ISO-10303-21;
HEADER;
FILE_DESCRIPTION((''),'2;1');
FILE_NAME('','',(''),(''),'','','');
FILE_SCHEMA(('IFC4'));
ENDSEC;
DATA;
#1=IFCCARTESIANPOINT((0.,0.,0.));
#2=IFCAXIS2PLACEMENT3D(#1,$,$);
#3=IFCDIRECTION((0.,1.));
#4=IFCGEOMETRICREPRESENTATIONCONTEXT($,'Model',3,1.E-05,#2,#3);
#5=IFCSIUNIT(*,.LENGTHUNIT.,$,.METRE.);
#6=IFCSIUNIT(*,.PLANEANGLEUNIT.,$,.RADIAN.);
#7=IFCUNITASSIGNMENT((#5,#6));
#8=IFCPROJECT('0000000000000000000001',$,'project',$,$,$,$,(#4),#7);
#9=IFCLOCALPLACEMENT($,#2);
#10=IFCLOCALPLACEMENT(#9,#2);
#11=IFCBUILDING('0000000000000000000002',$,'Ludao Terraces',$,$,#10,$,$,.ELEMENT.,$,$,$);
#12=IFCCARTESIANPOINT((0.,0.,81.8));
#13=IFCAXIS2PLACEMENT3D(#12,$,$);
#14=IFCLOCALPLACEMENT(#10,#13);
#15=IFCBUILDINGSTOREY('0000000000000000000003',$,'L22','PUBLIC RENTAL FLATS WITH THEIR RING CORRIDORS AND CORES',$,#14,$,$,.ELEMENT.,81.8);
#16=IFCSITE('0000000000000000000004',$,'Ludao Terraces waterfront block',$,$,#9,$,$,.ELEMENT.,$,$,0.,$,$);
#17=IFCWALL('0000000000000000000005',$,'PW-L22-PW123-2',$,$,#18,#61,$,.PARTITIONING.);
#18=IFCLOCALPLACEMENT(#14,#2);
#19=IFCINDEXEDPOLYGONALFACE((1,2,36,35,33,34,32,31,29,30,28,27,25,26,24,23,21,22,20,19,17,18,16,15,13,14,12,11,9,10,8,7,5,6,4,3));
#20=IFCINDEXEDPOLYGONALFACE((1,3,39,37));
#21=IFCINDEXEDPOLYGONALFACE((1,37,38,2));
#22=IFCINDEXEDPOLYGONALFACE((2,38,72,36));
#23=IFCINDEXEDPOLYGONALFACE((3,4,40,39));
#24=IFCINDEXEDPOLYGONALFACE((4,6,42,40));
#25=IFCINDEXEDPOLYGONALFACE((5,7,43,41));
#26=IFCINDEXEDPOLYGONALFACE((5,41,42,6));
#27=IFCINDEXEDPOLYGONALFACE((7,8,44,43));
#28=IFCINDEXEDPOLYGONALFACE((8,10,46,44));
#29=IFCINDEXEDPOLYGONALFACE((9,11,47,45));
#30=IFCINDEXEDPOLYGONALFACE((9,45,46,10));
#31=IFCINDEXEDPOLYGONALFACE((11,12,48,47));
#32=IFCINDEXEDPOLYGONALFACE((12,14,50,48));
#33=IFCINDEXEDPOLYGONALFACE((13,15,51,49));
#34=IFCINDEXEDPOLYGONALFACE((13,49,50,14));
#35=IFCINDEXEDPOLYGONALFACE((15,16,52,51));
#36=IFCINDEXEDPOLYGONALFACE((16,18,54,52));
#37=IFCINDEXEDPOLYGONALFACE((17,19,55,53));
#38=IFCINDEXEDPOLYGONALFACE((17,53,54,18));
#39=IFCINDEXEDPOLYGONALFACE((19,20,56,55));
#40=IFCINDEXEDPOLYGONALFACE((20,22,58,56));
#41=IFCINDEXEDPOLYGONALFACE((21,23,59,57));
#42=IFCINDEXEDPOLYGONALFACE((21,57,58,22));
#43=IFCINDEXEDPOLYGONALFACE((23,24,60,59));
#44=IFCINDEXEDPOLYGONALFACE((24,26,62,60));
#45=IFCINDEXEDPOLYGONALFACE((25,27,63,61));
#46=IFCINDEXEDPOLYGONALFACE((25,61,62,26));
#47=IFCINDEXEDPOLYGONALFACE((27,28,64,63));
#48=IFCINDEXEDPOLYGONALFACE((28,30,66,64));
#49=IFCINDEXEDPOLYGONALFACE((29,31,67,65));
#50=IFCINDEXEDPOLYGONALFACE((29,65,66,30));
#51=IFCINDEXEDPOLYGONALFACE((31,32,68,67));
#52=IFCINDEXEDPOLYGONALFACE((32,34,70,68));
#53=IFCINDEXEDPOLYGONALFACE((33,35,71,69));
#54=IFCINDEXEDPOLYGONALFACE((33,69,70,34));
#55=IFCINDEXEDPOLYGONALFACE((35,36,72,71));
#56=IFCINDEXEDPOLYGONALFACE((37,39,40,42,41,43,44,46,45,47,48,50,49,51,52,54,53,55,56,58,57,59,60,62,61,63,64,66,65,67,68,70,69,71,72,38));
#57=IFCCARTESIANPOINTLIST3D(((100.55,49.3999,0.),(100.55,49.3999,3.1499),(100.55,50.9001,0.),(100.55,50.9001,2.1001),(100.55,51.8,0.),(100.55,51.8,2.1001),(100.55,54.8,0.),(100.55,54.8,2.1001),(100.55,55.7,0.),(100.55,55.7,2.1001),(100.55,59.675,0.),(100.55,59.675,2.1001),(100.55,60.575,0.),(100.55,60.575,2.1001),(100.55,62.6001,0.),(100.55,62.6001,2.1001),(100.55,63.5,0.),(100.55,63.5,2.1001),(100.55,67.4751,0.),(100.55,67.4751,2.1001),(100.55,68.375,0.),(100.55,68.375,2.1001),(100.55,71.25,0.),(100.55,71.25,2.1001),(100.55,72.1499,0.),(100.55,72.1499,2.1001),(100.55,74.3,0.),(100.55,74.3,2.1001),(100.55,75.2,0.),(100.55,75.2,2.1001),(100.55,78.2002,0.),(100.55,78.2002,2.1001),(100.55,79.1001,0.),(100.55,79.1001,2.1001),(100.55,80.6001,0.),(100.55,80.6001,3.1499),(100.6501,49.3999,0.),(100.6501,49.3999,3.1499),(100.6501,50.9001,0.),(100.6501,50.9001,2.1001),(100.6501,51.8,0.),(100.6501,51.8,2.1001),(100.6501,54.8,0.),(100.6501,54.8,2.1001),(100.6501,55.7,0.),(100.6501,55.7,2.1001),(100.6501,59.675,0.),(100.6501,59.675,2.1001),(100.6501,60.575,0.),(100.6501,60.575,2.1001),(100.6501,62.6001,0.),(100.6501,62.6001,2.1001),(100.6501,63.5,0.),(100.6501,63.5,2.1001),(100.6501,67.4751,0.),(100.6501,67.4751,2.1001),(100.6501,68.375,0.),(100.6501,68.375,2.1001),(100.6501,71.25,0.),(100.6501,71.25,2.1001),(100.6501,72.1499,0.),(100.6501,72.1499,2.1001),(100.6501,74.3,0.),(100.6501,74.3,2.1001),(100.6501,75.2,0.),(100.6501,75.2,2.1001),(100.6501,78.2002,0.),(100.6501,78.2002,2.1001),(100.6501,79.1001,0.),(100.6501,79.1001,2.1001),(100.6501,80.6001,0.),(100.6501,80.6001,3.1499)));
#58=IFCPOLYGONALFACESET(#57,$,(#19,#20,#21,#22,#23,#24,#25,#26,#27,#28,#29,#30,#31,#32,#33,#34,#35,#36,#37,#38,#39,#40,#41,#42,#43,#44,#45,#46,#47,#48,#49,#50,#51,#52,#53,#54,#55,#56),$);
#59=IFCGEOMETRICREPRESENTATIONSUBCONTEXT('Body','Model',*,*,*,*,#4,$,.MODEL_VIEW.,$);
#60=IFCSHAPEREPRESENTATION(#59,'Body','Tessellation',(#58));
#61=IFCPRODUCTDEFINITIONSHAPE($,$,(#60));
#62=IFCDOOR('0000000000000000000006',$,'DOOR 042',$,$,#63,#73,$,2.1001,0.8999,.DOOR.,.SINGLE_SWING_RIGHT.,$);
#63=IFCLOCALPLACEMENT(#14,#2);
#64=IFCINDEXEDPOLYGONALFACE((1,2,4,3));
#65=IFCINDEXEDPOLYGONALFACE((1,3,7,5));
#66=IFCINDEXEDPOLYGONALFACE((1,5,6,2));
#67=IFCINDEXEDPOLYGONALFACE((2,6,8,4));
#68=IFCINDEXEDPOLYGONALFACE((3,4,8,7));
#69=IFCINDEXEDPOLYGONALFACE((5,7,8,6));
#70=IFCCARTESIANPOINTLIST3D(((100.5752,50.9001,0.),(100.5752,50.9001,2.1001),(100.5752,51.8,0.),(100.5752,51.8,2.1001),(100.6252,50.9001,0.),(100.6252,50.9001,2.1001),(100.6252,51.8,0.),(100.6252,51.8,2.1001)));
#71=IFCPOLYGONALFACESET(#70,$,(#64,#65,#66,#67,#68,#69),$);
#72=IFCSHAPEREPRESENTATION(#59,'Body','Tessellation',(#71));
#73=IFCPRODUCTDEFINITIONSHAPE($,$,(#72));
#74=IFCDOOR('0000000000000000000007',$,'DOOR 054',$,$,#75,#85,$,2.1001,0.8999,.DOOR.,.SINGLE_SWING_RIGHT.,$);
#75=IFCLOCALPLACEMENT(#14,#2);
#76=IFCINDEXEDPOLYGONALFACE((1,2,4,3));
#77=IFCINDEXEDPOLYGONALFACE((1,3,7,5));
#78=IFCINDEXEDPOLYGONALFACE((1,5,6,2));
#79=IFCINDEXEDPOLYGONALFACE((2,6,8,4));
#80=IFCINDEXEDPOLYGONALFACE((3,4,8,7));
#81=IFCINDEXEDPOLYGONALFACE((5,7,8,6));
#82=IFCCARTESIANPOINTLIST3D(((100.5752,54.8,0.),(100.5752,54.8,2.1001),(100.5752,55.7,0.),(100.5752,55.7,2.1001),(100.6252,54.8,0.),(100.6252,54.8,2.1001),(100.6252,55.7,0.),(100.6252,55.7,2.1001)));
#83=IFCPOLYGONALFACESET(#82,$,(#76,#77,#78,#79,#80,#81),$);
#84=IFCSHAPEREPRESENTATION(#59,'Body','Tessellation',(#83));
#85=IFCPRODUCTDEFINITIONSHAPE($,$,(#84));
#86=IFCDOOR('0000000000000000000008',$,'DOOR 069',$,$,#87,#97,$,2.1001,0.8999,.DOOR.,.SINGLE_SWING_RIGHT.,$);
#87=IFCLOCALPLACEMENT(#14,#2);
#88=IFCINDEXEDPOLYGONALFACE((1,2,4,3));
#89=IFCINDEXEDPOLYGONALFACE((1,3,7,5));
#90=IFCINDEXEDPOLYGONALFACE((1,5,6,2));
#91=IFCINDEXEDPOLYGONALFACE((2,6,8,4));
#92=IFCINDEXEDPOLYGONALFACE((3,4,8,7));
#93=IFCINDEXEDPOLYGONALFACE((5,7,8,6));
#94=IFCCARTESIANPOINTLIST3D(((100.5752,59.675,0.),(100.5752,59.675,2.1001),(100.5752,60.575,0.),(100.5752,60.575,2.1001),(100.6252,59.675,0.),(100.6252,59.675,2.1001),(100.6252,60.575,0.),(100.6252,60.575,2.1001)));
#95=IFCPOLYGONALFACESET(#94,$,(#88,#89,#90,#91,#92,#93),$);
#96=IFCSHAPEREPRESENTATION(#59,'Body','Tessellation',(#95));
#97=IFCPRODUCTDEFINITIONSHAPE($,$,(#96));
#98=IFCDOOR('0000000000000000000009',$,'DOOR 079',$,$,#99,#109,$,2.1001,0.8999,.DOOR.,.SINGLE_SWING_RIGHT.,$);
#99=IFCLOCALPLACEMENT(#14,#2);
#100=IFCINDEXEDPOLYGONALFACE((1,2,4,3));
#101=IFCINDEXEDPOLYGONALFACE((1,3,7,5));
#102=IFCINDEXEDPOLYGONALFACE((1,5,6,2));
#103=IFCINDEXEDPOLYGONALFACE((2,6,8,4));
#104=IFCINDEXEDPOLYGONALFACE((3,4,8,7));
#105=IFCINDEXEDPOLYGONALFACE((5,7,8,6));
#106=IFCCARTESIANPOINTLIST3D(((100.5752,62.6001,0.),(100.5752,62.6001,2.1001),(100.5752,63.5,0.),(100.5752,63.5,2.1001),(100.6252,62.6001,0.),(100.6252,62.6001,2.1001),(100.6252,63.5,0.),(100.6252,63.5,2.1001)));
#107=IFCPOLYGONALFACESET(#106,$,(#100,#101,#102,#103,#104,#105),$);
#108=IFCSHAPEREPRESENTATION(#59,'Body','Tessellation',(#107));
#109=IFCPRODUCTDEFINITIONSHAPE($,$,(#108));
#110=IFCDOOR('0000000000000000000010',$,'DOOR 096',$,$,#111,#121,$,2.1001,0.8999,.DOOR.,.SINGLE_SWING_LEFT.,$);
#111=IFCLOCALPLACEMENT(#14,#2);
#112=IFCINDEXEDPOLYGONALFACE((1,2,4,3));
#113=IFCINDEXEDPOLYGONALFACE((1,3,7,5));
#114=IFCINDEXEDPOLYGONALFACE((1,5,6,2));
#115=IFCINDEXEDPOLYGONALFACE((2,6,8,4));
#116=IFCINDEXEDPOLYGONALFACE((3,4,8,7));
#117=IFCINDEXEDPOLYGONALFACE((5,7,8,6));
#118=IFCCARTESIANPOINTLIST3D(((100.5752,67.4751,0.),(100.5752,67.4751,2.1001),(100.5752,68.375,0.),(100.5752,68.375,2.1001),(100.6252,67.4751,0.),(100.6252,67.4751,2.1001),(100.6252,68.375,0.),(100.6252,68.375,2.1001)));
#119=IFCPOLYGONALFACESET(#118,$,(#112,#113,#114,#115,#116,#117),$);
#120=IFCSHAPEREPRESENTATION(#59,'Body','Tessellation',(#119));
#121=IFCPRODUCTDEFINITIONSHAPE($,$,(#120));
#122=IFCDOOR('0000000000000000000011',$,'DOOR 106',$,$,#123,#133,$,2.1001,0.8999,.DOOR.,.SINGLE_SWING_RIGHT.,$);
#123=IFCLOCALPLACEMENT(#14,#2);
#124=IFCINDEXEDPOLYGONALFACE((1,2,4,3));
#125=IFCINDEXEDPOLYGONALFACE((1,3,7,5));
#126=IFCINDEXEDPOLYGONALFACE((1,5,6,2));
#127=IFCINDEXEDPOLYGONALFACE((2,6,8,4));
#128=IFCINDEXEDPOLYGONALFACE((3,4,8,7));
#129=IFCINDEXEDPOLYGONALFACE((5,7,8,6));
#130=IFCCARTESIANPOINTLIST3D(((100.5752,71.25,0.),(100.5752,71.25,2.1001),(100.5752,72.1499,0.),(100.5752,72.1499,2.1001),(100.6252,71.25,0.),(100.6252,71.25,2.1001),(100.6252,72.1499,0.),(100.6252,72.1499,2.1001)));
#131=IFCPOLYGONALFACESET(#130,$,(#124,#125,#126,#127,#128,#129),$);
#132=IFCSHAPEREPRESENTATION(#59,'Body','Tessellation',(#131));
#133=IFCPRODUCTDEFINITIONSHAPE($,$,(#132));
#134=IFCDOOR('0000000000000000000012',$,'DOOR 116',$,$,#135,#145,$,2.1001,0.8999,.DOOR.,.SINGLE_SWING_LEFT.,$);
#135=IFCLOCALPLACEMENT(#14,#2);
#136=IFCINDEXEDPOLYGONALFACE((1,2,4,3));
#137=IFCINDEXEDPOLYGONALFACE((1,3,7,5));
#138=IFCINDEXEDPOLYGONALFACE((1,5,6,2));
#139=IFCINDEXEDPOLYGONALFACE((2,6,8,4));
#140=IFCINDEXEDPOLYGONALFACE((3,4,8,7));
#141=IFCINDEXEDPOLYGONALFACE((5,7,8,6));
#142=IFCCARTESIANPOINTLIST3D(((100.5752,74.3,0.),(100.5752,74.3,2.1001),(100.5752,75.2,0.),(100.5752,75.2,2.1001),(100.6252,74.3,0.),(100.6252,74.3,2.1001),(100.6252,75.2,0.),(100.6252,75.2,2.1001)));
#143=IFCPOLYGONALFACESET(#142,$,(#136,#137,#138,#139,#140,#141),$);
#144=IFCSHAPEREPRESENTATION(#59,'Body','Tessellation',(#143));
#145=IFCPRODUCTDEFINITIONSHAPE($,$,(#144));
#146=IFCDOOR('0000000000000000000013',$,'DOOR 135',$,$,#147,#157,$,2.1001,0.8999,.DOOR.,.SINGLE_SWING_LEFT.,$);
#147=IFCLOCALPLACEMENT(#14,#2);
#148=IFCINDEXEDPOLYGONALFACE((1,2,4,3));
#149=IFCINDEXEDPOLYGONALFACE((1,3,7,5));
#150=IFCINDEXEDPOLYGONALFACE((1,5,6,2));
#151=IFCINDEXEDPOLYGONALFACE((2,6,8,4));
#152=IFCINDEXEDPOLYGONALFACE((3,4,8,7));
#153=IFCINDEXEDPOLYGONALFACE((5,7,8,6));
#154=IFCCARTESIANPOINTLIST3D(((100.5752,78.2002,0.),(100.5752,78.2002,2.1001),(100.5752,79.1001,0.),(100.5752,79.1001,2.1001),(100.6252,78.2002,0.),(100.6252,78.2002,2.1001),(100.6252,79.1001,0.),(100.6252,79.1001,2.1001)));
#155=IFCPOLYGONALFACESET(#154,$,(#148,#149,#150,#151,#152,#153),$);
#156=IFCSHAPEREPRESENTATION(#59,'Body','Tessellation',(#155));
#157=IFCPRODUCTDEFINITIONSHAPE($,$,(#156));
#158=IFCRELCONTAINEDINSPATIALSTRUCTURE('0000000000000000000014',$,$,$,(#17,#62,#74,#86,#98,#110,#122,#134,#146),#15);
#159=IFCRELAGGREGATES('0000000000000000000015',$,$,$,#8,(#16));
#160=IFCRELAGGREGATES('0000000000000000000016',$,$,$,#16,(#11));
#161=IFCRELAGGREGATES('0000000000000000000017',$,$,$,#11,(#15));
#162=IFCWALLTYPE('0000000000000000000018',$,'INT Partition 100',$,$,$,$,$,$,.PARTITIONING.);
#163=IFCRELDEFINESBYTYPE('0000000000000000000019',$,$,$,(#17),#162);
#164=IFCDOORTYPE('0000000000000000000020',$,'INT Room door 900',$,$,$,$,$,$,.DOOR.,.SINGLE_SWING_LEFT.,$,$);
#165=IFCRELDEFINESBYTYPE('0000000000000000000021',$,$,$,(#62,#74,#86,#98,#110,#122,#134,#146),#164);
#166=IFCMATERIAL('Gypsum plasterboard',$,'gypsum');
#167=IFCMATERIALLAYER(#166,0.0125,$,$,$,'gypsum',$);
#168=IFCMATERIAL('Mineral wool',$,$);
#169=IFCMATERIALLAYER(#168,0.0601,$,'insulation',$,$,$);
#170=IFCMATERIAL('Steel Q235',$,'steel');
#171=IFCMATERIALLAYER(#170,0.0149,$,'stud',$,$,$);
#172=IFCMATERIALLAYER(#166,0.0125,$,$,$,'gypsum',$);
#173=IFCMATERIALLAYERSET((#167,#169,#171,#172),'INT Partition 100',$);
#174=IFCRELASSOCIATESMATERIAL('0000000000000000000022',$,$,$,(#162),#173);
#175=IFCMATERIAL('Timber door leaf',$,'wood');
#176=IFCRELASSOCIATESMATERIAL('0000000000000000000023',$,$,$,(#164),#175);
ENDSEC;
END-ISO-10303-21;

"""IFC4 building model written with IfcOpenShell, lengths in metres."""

from ifc_helpers import new_model, si_unit, direction, frame, frame_2d, origin, place, context, subcontext, project, spatial, rectangle, extrude, material, layer, layer_set, type_object, element, fill, save


model = new_model("IFC4")

# Units and contexts
model_context = context("Model", 3, precision=1e-05, world=origin(), true_north=direction((0.0, 1.0)))
body_context = subcontext(model_context, "Body", "Model", "MODEL_VIEW")
ifc_project = project(units=[si_unit("LENGTHUNIT", "METRE"), si_unit("PLANEANGLEUNIT", "RADIAN")], contexts=[model_context])

# Site, building, storey
site_placement = place(None, origin())
site = spatial("IfcSite", under=ifc_project, at=site_placement, Name="Ludao Terraces waterfront block", CompositionType="ELEMENT", RefElevation=0.0)
building_placement = place(site_placement, origin())
building = spatial("IfcBuilding", under=site, at=building_placement, Name="Ludao Terraces", CompositionType="ELEMENT")
storey_placement = place(building_placement, frame((0.0, 0.0, 81.8)))
storey = spatial("IfcBuildingStorey", under=building, at=storey_placement, Name="L22", Description="PUBLIC RENTAL FLATS WITH THEIR RING CORRIDORS AND CORES", CompositionType="ELEMENT", Elevation=81.8)

# Shared definitions
ifc_material_1 = material(Name="Mineral wool")

# Wall, openings, doors
ifc_material_2 = material(Name="Gypsum plasterboard", Category="gypsum")
ifc_layer_1 = layer(ifc_material_2, 0.0125, Category="gypsum")
ifc_layer_2 = layer(ifc_material_1, 0.0601, Name="insulation")
ifc_material_3 = material(Name="Steel Q235", Category="steel")
ifc_layer_3 = layer(ifc_material_3, 0.0149, Name="stud")
ifc_layer_4 = layer(ifc_material_2, 0.0125, Category="gypsum")
ifc_layer_set_1 = layer_set([ifc_layer_1, ifc_layer_2, ifc_layer_3, ifc_layer_4], Name="INT Partition 100")
wall_type_1 = type_object("IfcWallType", Name="INT Partition 100", PredefinedType="PARTITIONING", material=ifc_layer_set_1)
wall_1_placement = place(storey_placement, frame((100.6001, 49.3999, 0.0), z_axis=(0.0, 0.0, 1.0), x_axis=(0.0, 1.0, 0.0)))
wall_1 = element("IfcWall", 1, at=wall_1_placement, inside=storey, type_object=wall_type_1, Name="PW-L22-PW123-2", PredefinedType="PARTITIONING", context=body_context, shape_type="SweptSolid", body=[
    extrude(rectangle(XDim=31.2002, YDim=0.1001, at=frame_2d((15.6001, 0.0))), origin(), (0.0, 0.0, 1.0), 3.1499),
])
opening_1_placement = place(wall_1_placement, frame((1.5002, 0.0, 0.0)))
opening_1 = element("IfcOpeningElement", 2, at=opening_1_placement, cuts=wall_1, PredefinedType="OPENING", context=body_context, shape_type="SweptSolid", body=[
    extrude(rectangle(XDim=0.8999, YDim=2.1001, at=frame_2d((0.45, 1.05))), frame((0.0, 0.0601, 0.0), z_axis=(0.0, -1.0, 0.0), x_axis=(1.0, 0.0, 0.0)), (0.0, 0.0, 1.0), 0.1201),
])
opening_2_placement = place(wall_1_placement, frame((5.4001, 0.0, 0.0)))
opening_2 = element("IfcOpeningElement", 3, at=opening_2_placement, cuts=wall_1, PredefinedType="OPENING", context=body_context, shape_type="SweptSolid", body=[
    extrude(rectangle(XDim=0.8999, YDim=2.1001, at=frame_2d((0.45, 1.05))), frame((0.0, 0.0601, 0.0), z_axis=(0.0, -1.0, 0.0), x_axis=(1.0, 0.0, 0.0)), (0.0, 0.0, 1.0), 0.1201),
])
opening_3_placement = place(wall_1_placement, frame((10.2751, 0.0, 0.0)))
opening_3 = element("IfcOpeningElement", 4, at=opening_3_placement, cuts=wall_1, PredefinedType="OPENING", context=body_context, shape_type="SweptSolid", body=[
    extrude(rectangle(XDim=0.8999, YDim=2.1001, at=frame_2d((0.45, 1.05))), frame((0.0, 0.0601, 0.0), z_axis=(0.0, -1.0, 0.0), x_axis=(1.0, 0.0, 0.0)), (0.0, 0.0, 1.0), 0.1201),
])
opening_4_placement = place(wall_1_placement, frame((13.2002, 0.0, 0.0)))
opening_4 = element("IfcOpeningElement", 5, at=opening_4_placement, cuts=wall_1, PredefinedType="OPENING", context=body_context, shape_type="SweptSolid", body=[
    extrude(rectangle(XDim=0.8999, YDim=2.1001, at=frame_2d((0.45, 1.05))), frame((0.0, 0.0601, 0.0), z_axis=(0.0, -1.0, 0.0), x_axis=(1.0, 0.0, 0.0)), (0.0, 0.0, 1.0), 0.1201),
])
opening_5_placement = place(wall_1_placement, frame((18.0752, 0.0, 0.0)))
opening_5 = element("IfcOpeningElement", 6, at=opening_5_placement, cuts=wall_1, PredefinedType="OPENING", context=body_context, shape_type="SweptSolid", body=[
    extrude(rectangle(XDim=0.8999, YDim=2.1001, at=frame_2d((0.45, 1.05))), frame((0.0, 0.0601, 0.0), z_axis=(0.0, -1.0, 0.0), x_axis=(1.0, 0.0, 0.0)), (0.0, 0.0, 1.0), 0.1201),
])
opening_6_placement = place(wall_1_placement, frame((21.8501, 0.0, 0.0)))
opening_6 = element("IfcOpeningElement", 7, at=opening_6_placement, cuts=wall_1, PredefinedType="OPENING", context=body_context, shape_type="SweptSolid", body=[
    extrude(rectangle(XDim=0.8999, YDim=2.1001, at=frame_2d((0.45, 1.05))), frame((0.0, 0.0601, 0.0), z_axis=(0.0, -1.0, 0.0), x_axis=(1.0, 0.0, 0.0)), (0.0, 0.0, 1.0), 0.1201),
])
opening_7_placement = place(wall_1_placement, frame((24.9001, 0.0, 0.0)))
opening_7 = element("IfcOpeningElement", 8, at=opening_7_placement, cuts=wall_1, PredefinedType="OPENING", context=body_context, shape_type="SweptSolid", body=[
    extrude(rectangle(XDim=0.8999, YDim=2.1001, at=frame_2d((0.45, 1.05))), frame((0.0, 0.0601, 0.0), z_axis=(0.0, -1.0, 0.0), x_axis=(1.0, 0.0, 0.0)), (0.0, 0.0, 1.0), 0.1201),
])
opening_8_placement = place(wall_1_placement, frame((28.8003, 0.0, 0.0)))
opening_8 = element("IfcOpeningElement", 9, at=opening_8_placement, cuts=wall_1, PredefinedType="OPENING", context=body_context, shape_type="SweptSolid", body=[
    extrude(rectangle(XDim=0.8999, YDim=2.1001, at=frame_2d((0.45, 1.05))), frame((0.0, 0.0601, 0.0), z_axis=(0.0, -1.0, 0.0), x_axis=(1.0, 0.0, 0.0)), (0.0, 0.0, 1.0), 0.1201),
])
ifc_material_4 = material(Name="Timber door leaf", Category="wood")
door_type = type_object("IfcDoorType", Name="INT Room door 900", OperationType="SINGLE_SWING_LEFT", PredefinedType="DOOR", material=ifc_material_4)
door_1_placement = place(opening_1_placement, origin())
door_1 = element("IfcDoor", 10, at=door_1_placement, inside=storey, type_object=door_type, Name="DOOR 042", OperationType="SINGLE_SWING_RIGHT", OverallHeight=2.1001, OverallWidth=0.8999, PredefinedType="DOOR", context=body_context, shape_type="SweptSolid", body=[
    extrude(rectangle(XDim=0.8999, YDim=2.1001, at=frame_2d((0.45, 1.05))), frame((0.0, 0.0249, 0.0), z_axis=(0.0, -1.0, 0.0), x_axis=(1.0, 0.0, 0.0)), (0.0, 0.0, 1.0), 0.05),
])
fill(opening_1, door_1)
door_2_placement = place(opening_2_placement, origin())
door_2 = element("IfcDoor", 11, at=door_2_placement, inside=storey, type_object=door_type, Name="DOOR 054", OperationType="SINGLE_SWING_RIGHT", OverallHeight=2.1001, OverallWidth=0.8999, PredefinedType="DOOR", context=body_context, shape_type="SweptSolid", body=[
    extrude(rectangle(XDim=0.8999, YDim=2.1001, at=frame_2d((0.45, 1.05))), frame((0.0, 0.0249, 0.0), z_axis=(0.0, -1.0, 0.0), x_axis=(1.0, 0.0, 0.0)), (0.0, 0.0, 1.0), 0.05),
])
fill(opening_2, door_2)
door_3_placement = place(opening_3_placement, origin())
door_3 = element("IfcDoor", 12, at=door_3_placement, inside=storey, type_object=door_type, Name="DOOR 069", OperationType="SINGLE_SWING_RIGHT", OverallHeight=2.1001, OverallWidth=0.8999, PredefinedType="DOOR", context=body_context, shape_type="SweptSolid", body=[
    extrude(rectangle(XDim=0.8999, YDim=2.1001, at=frame_2d((0.45, 1.05))), frame((0.0, 0.0249, 0.0), z_axis=(0.0, -1.0, 0.0), x_axis=(1.0, 0.0, 0.0)), (0.0, 0.0, 1.0), 0.05),
])
fill(opening_3, door_3)
door_4_placement = place(opening_4_placement, origin())
door_4 = element("IfcDoor", 13, at=door_4_placement, inside=storey, type_object=door_type, Name="DOOR 079", OperationType="SINGLE_SWING_RIGHT", OverallHeight=2.1001, OverallWidth=0.8999, PredefinedType="DOOR", context=body_context, shape_type="SweptSolid", body=[
    extrude(rectangle(XDim=0.8999, YDim=2.1001, at=frame_2d((0.45, 1.05))), frame((0.0, 0.0249, 0.0), z_axis=(0.0, -1.0, 0.0), x_axis=(1.0, 0.0, 0.0)), (0.0, 0.0, 1.0), 0.05),
])
fill(opening_4, door_4)
door_5_placement = place(opening_5_placement, origin())
door_5 = element("IfcDoor", 14, at=door_5_placement, inside=storey, type_object=door_type, Name="DOOR 096", OperationType="SINGLE_SWING_LEFT", OverallHeight=2.1001, OverallWidth=0.8999, PredefinedType="DOOR", context=body_context, shape_type="SweptSolid", body=[
    extrude(rectangle(XDim=0.8999, YDim=2.1001, at=frame_2d((0.45, 1.05))), frame((0.0, 0.0249, 0.0), z_axis=(0.0, -1.0, 0.0), x_axis=(1.0, 0.0, 0.0)), (0.0, 0.0, 1.0), 0.05),
])
fill(opening_5, door_5)
door_6_placement = place(opening_6_placement, origin())
door_6 = element("IfcDoor", 15, at=door_6_placement, inside=storey, type_object=door_type, Name="DOOR 106", OperationType="SINGLE_SWING_RIGHT", OverallHeight=2.1001, OverallWidth=0.8999, PredefinedType="DOOR", context=body_context, shape_type="SweptSolid", body=[
    extrude(rectangle(XDim=0.8999, YDim=2.1001, at=frame_2d((0.45, 1.05))), frame((0.0, 0.0249, 0.0), z_axis=(0.0, -1.0, 0.0), x_axis=(1.0, 0.0, 0.0)), (0.0, 0.0, 1.0), 0.05),
])
fill(opening_6, door_6)
door_7_placement = place(opening_7_placement, origin())
door_7 = element("IfcDoor", 16, at=door_7_placement, inside=storey, type_object=door_type, Name="DOOR 116", OperationType="SINGLE_SWING_LEFT", OverallHeight=2.1001, OverallWidth=0.8999, PredefinedType="DOOR", context=body_context, shape_type="SweptSolid", body=[
    extrude(rectangle(XDim=0.8999, YDim=2.1001, at=frame_2d((0.45, 1.05))), frame((0.0, 0.0249, 0.0), z_axis=(0.0, -1.0, 0.0), x_axis=(1.0, 0.0, 0.0)), (0.0, 0.0, 1.0), 0.05),
])
fill(opening_7, door_7)
door_8_placement = place(opening_8_placement, origin())
door_8 = element("IfcDoor", 17, at=door_8_placement, inside=storey, type_object=door_type, Name="DOOR 135", OperationType="SINGLE_SWING_LEFT", OverallHeight=2.1001, OverallWidth=0.8999, PredefinedType="DOOR", context=body_context, shape_type="SweptSolid", body=[
    extrude(rectangle(XDim=0.8999, YDim=2.1001, at=frame_2d((0.45, 1.05))), frame((0.0, 0.0249, 0.0), z_axis=(0.0, -1.0, 0.0), x_axis=(1.0, 0.0, 0.0)), (0.0, 0.0, 1.0), 0.05),
])
fill(opening_8, door_8)

save(model, "model.ifc")
